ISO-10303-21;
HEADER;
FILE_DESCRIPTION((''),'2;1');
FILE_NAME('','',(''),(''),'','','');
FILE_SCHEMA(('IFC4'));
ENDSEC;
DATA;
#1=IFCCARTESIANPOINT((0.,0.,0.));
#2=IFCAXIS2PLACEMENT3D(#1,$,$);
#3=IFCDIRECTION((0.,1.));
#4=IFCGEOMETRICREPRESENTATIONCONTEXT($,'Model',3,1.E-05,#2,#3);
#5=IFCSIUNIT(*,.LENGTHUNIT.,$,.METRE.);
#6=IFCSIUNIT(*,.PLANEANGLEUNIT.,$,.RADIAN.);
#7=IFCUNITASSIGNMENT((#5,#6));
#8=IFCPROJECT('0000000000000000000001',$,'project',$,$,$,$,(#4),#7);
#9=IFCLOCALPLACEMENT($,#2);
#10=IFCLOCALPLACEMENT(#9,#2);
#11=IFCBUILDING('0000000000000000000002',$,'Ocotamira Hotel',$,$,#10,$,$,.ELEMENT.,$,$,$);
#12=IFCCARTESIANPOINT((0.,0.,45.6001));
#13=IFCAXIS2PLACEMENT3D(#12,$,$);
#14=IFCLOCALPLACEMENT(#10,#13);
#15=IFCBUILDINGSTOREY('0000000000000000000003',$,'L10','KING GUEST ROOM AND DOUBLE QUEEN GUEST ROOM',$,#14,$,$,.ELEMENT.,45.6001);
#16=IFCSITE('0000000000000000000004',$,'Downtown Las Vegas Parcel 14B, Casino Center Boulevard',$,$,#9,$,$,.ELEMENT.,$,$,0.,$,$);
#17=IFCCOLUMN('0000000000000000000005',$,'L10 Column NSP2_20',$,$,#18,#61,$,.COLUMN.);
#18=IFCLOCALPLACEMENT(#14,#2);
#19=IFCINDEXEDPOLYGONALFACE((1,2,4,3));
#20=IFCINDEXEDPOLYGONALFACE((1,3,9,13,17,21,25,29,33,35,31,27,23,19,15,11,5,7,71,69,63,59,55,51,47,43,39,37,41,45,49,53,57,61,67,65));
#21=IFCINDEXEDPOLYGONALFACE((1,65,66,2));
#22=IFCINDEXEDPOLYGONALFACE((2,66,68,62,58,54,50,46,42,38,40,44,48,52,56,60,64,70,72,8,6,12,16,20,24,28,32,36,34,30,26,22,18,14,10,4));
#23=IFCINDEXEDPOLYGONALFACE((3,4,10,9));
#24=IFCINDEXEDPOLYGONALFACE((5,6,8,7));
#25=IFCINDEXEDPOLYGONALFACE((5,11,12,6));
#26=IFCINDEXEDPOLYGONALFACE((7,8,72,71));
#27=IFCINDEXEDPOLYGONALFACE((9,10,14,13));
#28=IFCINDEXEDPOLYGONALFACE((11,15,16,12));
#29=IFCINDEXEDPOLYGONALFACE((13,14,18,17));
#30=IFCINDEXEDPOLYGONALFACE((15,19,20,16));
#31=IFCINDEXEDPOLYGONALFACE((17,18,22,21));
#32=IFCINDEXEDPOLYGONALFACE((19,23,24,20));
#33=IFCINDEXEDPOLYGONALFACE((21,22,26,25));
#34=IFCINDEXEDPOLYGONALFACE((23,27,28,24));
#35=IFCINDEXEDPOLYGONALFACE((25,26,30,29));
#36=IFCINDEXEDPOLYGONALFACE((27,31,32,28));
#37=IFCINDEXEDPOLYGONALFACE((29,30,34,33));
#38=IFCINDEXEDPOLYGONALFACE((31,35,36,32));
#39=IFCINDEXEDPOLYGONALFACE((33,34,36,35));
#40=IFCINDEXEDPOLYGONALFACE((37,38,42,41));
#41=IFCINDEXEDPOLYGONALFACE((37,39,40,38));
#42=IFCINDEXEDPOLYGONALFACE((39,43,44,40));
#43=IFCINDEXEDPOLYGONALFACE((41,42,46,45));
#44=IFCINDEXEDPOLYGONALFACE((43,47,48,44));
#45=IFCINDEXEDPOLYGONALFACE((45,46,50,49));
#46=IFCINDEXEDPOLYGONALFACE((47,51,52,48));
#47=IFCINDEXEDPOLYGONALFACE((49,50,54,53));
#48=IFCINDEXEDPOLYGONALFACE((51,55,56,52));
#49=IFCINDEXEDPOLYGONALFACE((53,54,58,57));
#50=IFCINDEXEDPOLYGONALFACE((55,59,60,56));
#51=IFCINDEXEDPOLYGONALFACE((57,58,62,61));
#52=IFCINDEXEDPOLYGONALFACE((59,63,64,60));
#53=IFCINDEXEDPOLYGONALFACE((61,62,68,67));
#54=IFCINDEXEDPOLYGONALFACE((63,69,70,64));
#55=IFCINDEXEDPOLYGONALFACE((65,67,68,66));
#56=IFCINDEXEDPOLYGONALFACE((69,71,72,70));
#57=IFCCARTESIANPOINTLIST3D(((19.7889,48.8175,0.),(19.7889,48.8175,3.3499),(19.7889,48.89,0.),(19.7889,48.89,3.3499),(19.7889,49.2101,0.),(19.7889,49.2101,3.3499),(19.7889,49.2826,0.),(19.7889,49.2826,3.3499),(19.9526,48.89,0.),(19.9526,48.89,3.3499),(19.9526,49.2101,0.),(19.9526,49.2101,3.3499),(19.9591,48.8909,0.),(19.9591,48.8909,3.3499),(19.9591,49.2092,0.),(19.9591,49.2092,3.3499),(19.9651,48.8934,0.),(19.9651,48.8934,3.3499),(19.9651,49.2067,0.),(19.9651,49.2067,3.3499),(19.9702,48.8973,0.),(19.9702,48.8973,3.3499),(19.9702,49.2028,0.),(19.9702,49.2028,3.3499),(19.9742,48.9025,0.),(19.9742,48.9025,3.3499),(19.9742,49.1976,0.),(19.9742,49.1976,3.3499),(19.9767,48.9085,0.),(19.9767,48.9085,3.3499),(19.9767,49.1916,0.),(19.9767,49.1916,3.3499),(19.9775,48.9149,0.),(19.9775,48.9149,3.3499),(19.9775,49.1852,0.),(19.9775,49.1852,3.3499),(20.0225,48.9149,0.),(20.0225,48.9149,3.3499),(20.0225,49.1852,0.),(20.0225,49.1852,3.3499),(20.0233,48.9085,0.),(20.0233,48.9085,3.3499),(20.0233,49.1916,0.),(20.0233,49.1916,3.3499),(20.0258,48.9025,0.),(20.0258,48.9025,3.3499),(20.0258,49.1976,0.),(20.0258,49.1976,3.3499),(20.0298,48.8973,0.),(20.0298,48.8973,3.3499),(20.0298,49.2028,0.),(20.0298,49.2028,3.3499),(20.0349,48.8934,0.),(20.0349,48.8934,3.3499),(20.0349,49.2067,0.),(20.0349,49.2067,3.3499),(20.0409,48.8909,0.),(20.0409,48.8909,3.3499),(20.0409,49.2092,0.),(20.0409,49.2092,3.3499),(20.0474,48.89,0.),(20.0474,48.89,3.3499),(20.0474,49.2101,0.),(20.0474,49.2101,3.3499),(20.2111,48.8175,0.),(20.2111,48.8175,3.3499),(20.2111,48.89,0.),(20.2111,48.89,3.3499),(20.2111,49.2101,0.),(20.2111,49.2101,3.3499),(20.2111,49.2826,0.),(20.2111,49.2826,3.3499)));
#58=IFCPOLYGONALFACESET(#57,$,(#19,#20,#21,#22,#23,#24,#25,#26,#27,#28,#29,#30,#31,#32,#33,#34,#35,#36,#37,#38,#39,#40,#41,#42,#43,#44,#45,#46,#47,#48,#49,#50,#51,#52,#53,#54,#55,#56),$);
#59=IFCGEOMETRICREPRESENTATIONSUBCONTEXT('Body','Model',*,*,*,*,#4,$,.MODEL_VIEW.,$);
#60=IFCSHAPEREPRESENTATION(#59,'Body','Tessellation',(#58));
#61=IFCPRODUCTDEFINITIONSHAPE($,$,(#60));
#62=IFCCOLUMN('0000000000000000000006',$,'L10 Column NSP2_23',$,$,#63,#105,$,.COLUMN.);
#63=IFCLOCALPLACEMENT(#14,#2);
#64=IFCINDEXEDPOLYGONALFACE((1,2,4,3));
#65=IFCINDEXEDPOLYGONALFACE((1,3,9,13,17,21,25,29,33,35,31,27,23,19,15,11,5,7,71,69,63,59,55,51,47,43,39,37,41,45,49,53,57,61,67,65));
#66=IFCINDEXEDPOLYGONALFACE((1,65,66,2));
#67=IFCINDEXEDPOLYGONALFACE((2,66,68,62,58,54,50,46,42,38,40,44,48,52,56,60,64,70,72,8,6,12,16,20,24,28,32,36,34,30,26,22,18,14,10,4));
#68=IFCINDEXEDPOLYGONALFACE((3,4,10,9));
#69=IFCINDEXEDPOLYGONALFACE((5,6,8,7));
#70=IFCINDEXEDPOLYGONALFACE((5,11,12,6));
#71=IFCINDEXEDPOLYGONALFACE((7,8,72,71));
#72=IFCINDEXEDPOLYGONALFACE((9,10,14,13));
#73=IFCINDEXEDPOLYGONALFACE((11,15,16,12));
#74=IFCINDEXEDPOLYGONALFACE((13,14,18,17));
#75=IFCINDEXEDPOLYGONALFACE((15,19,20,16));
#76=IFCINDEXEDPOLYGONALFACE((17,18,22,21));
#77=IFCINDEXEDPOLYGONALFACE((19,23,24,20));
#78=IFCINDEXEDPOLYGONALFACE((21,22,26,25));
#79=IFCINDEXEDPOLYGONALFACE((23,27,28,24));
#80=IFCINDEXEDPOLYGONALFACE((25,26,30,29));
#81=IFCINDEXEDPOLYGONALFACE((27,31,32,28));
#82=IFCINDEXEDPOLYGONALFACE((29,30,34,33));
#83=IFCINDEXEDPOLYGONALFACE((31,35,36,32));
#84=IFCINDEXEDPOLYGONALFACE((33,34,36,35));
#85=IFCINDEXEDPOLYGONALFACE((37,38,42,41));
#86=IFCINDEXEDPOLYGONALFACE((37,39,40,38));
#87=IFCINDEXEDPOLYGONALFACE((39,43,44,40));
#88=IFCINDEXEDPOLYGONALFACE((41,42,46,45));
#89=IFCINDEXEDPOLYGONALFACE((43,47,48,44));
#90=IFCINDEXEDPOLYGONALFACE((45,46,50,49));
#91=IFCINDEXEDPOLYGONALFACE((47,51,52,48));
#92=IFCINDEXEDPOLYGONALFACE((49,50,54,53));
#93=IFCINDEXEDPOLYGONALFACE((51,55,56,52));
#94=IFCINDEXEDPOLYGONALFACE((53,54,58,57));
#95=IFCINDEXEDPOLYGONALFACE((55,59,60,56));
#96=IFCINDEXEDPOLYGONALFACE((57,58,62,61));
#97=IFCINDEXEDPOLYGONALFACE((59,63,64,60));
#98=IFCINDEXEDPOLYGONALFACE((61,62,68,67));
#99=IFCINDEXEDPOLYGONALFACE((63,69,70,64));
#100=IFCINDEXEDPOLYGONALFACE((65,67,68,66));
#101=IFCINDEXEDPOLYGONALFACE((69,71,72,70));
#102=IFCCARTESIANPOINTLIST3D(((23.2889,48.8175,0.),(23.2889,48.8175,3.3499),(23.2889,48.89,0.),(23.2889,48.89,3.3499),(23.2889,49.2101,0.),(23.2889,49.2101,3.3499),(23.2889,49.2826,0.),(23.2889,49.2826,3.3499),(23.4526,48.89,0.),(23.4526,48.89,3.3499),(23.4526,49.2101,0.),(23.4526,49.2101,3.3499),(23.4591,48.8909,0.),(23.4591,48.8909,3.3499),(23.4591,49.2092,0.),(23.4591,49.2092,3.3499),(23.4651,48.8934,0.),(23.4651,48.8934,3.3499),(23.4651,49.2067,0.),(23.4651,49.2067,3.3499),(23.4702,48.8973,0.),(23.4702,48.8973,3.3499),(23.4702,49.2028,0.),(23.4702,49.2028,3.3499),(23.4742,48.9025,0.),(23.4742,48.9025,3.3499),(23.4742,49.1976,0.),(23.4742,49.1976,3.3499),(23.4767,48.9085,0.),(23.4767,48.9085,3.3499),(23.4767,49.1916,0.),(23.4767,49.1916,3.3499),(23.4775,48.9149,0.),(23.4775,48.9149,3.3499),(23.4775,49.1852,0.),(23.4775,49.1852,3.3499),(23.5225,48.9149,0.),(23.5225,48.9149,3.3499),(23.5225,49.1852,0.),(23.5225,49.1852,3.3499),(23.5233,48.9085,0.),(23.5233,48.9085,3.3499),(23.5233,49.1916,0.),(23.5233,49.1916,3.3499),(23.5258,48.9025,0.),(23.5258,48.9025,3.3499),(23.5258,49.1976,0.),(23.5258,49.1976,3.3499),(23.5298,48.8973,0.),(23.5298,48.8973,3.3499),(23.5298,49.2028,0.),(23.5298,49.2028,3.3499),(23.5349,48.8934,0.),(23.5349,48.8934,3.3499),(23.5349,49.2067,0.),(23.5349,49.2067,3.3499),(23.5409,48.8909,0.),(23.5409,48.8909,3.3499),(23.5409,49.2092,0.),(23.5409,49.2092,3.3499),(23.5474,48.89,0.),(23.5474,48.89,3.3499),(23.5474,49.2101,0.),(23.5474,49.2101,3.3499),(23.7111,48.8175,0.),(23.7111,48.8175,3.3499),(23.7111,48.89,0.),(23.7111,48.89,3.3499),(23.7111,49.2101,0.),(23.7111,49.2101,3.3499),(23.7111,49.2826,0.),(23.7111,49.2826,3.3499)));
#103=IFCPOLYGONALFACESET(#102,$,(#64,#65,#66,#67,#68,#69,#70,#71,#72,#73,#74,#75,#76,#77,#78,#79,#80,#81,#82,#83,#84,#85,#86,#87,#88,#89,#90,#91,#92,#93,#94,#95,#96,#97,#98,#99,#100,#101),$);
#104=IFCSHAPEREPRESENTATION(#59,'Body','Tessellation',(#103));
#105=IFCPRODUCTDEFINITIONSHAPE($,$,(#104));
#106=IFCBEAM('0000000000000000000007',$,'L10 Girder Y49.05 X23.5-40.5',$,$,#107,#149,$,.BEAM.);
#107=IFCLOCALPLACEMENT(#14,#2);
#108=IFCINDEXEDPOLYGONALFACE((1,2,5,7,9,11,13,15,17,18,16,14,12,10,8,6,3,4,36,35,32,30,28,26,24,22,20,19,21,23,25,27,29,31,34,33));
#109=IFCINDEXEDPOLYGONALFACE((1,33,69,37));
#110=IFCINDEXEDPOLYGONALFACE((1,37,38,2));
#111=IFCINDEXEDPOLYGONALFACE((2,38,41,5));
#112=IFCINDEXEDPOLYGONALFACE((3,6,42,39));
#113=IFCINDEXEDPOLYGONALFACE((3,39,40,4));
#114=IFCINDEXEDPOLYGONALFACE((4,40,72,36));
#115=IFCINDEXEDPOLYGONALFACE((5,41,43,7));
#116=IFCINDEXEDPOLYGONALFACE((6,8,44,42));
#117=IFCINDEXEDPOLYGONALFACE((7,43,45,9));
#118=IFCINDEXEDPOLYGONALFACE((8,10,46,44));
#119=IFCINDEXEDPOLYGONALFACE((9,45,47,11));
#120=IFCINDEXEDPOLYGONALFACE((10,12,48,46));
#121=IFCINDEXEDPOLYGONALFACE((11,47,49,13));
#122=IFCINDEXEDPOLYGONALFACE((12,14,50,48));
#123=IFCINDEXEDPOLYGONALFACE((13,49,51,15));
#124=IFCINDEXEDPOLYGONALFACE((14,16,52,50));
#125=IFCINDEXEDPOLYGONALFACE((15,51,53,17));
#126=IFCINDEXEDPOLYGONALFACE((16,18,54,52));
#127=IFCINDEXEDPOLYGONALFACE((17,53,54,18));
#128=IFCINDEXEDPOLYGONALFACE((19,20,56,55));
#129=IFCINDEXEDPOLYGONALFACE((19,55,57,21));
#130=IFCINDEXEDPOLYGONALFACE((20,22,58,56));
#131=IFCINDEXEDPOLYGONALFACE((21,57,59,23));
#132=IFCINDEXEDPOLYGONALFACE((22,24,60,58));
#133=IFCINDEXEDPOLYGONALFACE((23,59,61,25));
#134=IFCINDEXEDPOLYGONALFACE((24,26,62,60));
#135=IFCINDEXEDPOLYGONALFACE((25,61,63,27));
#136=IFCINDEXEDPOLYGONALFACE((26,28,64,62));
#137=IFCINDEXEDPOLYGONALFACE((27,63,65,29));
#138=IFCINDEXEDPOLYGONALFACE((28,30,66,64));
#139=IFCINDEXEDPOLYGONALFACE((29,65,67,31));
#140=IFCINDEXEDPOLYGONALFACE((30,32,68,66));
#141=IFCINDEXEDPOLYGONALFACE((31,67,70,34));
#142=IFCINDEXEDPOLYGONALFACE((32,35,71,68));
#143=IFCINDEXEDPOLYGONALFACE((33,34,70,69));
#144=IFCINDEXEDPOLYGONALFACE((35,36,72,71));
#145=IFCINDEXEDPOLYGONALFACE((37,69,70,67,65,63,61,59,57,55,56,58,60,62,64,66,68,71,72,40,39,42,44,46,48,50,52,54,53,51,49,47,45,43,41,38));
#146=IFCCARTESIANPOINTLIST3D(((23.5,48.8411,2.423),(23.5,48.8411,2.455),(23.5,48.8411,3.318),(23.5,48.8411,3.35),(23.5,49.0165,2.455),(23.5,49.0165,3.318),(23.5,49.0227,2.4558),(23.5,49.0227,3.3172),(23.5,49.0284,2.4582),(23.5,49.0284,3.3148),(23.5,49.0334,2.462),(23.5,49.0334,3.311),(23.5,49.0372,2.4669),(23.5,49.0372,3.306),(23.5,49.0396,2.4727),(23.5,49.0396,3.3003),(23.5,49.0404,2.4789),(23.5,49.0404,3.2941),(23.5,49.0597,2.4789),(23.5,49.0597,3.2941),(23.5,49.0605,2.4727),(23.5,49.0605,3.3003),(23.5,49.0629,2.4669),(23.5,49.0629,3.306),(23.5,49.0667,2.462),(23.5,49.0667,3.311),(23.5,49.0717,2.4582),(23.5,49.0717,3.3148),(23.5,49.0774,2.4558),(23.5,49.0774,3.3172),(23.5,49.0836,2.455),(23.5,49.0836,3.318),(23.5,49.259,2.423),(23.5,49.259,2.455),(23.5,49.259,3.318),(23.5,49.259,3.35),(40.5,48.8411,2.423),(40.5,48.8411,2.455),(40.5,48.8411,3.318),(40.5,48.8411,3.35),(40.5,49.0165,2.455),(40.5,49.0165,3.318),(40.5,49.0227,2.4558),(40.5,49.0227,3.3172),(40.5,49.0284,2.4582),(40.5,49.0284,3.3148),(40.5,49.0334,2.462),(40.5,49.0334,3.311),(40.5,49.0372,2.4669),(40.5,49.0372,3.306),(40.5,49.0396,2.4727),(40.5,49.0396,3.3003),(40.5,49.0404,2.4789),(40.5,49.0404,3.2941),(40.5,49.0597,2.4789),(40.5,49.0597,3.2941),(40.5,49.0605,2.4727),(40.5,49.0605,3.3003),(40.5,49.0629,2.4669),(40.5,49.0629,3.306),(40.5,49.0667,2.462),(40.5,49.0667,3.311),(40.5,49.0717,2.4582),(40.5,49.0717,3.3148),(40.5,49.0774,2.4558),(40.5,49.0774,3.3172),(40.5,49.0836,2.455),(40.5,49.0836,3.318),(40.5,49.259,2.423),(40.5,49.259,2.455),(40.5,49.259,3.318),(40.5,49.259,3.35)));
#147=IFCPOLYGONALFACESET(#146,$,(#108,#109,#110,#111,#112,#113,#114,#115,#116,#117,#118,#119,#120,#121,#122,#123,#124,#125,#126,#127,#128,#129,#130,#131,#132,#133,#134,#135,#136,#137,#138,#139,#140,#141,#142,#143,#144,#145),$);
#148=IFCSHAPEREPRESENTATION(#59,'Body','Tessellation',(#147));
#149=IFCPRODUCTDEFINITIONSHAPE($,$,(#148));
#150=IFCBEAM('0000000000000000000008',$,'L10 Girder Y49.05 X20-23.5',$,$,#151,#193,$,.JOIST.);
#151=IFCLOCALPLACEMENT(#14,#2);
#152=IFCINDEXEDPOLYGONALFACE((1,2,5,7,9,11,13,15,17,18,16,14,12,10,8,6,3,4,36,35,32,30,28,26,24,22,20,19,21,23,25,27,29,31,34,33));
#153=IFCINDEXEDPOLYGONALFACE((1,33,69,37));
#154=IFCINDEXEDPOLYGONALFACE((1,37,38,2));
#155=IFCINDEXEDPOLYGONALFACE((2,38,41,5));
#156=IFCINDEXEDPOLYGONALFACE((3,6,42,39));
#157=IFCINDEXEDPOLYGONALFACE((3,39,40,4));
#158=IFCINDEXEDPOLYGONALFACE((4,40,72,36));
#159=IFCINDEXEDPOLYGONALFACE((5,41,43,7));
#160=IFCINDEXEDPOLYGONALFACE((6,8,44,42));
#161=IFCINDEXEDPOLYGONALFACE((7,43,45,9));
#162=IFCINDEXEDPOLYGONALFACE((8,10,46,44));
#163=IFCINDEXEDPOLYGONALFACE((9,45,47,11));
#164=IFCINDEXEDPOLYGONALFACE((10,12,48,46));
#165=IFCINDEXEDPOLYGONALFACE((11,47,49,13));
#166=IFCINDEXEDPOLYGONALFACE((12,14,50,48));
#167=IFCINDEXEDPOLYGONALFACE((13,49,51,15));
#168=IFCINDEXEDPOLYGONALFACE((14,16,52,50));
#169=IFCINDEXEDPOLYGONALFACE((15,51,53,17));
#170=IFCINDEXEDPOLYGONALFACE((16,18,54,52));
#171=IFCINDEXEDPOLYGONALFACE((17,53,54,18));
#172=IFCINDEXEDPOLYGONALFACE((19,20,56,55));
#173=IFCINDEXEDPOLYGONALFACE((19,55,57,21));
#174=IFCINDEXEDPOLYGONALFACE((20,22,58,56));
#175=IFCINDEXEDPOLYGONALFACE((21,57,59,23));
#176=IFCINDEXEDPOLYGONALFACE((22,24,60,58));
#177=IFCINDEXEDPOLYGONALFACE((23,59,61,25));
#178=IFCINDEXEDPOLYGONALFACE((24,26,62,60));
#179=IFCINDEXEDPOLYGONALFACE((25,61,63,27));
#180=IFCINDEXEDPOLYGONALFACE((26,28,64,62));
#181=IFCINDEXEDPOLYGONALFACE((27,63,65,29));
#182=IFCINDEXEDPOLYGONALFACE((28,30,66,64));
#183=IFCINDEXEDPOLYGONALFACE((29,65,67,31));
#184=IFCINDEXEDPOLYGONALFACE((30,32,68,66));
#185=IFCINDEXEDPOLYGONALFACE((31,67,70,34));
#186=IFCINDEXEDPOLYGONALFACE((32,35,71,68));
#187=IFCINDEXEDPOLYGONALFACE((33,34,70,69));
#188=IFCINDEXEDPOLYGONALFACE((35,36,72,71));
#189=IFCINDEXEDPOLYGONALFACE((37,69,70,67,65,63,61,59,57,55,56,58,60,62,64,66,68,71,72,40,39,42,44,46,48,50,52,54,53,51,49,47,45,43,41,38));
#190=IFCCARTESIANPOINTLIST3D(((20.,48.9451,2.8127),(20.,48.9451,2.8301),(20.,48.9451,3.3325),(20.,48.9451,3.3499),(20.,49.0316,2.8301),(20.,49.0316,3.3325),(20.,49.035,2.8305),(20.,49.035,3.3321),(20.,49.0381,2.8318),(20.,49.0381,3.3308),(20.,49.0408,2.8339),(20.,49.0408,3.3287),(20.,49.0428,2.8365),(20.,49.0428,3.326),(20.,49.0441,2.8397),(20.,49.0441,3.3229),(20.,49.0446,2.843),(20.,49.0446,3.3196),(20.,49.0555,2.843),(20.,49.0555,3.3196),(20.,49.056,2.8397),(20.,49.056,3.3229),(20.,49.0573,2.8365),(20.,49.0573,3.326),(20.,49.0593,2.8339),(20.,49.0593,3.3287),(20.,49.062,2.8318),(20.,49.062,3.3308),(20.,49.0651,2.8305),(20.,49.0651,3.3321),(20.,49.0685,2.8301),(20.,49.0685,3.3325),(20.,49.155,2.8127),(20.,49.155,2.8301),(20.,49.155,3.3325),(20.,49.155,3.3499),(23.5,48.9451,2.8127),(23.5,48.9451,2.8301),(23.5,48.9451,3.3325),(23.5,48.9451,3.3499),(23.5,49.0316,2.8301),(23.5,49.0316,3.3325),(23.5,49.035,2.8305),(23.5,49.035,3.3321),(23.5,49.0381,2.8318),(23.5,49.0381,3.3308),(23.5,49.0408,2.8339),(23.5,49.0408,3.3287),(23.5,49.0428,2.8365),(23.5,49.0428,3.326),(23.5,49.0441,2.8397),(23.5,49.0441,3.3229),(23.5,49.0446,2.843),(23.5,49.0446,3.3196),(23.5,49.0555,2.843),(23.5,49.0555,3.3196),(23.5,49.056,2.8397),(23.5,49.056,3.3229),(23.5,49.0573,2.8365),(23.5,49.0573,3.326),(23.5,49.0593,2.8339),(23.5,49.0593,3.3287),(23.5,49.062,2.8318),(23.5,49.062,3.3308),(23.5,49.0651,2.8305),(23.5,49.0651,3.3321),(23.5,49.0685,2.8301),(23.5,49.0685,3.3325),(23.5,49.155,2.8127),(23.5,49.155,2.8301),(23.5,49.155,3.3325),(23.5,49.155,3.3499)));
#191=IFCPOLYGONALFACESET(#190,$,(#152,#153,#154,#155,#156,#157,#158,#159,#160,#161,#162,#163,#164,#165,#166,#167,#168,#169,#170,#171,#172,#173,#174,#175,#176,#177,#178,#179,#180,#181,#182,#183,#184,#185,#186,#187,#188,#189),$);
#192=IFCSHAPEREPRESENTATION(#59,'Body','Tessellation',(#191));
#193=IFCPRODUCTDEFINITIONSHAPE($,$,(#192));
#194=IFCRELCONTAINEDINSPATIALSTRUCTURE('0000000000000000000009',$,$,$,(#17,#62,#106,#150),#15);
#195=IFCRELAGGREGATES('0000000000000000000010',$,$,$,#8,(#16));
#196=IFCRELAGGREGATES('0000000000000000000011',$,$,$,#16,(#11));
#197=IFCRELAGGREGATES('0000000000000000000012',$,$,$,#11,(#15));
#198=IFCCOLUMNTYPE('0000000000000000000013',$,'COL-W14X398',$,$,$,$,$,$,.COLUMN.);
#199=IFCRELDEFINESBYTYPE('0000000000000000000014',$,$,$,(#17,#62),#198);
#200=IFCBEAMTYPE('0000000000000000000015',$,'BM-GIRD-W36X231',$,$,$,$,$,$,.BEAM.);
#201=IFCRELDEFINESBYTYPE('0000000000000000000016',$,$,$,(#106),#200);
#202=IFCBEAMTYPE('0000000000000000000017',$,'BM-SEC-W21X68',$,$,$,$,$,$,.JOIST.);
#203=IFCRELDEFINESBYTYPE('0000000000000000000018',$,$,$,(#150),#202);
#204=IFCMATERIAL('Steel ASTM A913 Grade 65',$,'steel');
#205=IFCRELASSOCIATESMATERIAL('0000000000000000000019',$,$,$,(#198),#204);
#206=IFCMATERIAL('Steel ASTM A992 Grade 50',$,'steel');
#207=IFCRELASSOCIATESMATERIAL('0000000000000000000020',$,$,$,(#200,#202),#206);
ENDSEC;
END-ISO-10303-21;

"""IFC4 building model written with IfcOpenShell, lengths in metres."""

from ifc_helpers import new_model, si_unit, direction, frame, origin, origin_2d, place, context, subcontext, project, spatial, i_section, extrude, source, transform, mapped, material, material_profile, profile_set, type_object, element, save


model = new_model("IFC4")

# Units and contexts
model_context = context("Model", 3, precision=1e-05, world=origin(), true_north=direction((0.0, 1.0)))
body_context = subcontext(model_context, "Body", "Model", "MODEL_VIEW")
ifc_project = project(units=[si_unit("LENGTHUNIT", "METRE"), si_unit("PLANEANGLEUNIT", "RADIAN")], contexts=[model_context])

# Site, building, storey
site_placement = place(None, origin())
site = spatial("IfcSite", under=ifc_project, at=site_placement, Name="Downtown Las Vegas Parcel 14B, Casino Center Boulevard", CompositionType="ELEMENT", RefElevation=0.0)
building_placement = place(site_placement, origin())
building = spatial("IfcBuilding", under=site, at=building_placement, Name="Ocotamira Hotel", CompositionType="ELEMENT")
storey_placement = place(building_placement, frame((0.0, 0.0, 45.6001)))
storey = spatial("IfcBuildingStorey", under=building, at=storey_placement, Name="L10", Description="KING GUEST ROOM AND DOUBLE QUEEN GUEST ROOM", CompositionType="ELEMENT", Elevation=45.6001)

# Columns
ifc_material_1 = material(Name="Steel ASTM A913 Grade 65", Category="steel")
ifc_material_profile_1 = material_profile(ifc_material_1, i_section(OverallWidth=0.4221, OverallDepth=0.4651, WebThickness=0.0449, FlangeThickness=0.0725, FilletRadius=0.0249, at=origin_2d()), Name="W14X398")
ifc_profile_set_1 = profile_set([ifc_material_profile_1], Name="Steel ASTM A913 Grade 65")
column_type = type_object("IfcColumnType", Name="COL-W14X398", PredefinedType="COLUMN", material=ifc_profile_set_1)
shared_shape_1 = source(origin(), body_context, "Body", "SweptSolid", [
    extrude(i_section(OverallWidth=0.4221, OverallDepth=0.4651, WebThickness=0.0449, FlangeThickness=0.0725, FilletRadius=0.0249, at=origin_2d()), origin(), (0.0, 0.0, 1.0), 3.3499),
])
for number, where, z_axis, x_axis, name in (
    (1, (20.0, 49.05, 0.0), (0.0, 0.0, 1.0), (1.0, 0.0, 0.0), "L10 Column NSP2_20"),
    (2, (23.5, 49.05, 0.0), (0.0, 0.0, 1.0), (1.0, 0.0, 0.0), "L10 Column NSP2_23"),
):
    element("IfcColumn", number, at=place(storey_placement, frame(where, z_axis=z_axis, x_axis=x_axis)), inside=storey, type_object=column_type, Name=name, PredefinedType="COLUMN", context=body_context, shape_type="MappedRepresentation", body=[
        mapped(shared_shape_1, transform((0.0, 0.0, 0.0), scale=1.0)),
    ])

# Beams
ifc_material_2 = material(Name="Steel ASTM A992 Grade 50", Category="steel")
ifc_material_profile_2 = material_profile(ifc_material_2, i_section(OverallWidth=0.418, OverallDepth=0.927, WebThickness=0.0193, FlangeThickness=0.032, FilletRadius=0.0239, at=origin_2d()), Name="W36X231")
ifc_profile_set_2 = profile_set([ifc_material_profile_2], Name="Steel ASTM A992 Grade 50")
beam_type_1 = type_object("IfcBeamType", Name="BM-GIRD-W36X231", PredefinedType="BEAM", material=ifc_profile_set_2)
shared_shape_2 = source(origin(), body_context, "Body", "SweptSolid", [
    extrude(i_section(OverallWidth=0.418, OverallDepth=0.927, WebThickness=0.0193, FlangeThickness=0.032, FilletRadius=0.0239, at=origin_2d()), origin(), (0.0, 0.0, 1.0), 17.0),
])
beam_1_placement = place(storey_placement, frame((23.5, 49.05, 2.8865), z_axis=(1.0, 0.0, 0.0), x_axis=(0.0, 1.0, 0.0)))
element("IfcBeam", 3, at=beam_1_placement, inside=storey, type_object=beam_type_1, Name="L10 Girder Y49.05 X23.5-40.5", PredefinedType="BEAM", context=body_context, shape_type="MappedRepresentation", body=[
    mapped(shared_shape_2, transform((0.0, 0.0, 0.0), scale=1.0)),
])
ifc_material_profile_3 = material_profile(ifc_material_2, i_section(OverallWidth=0.21, OverallDepth=0.5371, WebThickness=0.011, FlangeThickness=0.0173, FilletRadius=0.0129, at=origin_2d()), Name="W21X68")
ifc_profile_set_3 = profile_set([ifc_material_profile_3], Name="Steel ASTM A992 Grade 50")
beam_type_2 = type_object("IfcBeamType", Name="BM-SEC-W21X68", PredefinedType="JOIST", material=ifc_profile_set_3)
shared_shape_3 = source(origin(), body_context, "Body", "SweptSolid", [
    extrude(i_section(OverallWidth=0.21, OverallDepth=0.5371, WebThickness=0.011, FlangeThickness=0.0173, FilletRadius=0.0129, at=origin_2d()), origin(), (0.0, 0.0, 1.0), 3.5),
])
beam_2_placement = place(storey_placement, frame((20.0, 49.05, 3.0813), z_axis=(1.0, 0.0, 0.0), x_axis=(0.0, 1.0, 0.0)))
element("IfcBeam", 4, at=beam_2_placement, inside=storey, type_object=beam_type_2, Name="L10 Girder Y49.05 X20-23.5", PredefinedType="JOIST", context=body_context, shape_type="MappedRepresentation", body=[
    mapped(shared_shape_3, transform((0.0, 0.0, 0.0), scale=1.0)),
])

save(model, "model.ifc")
